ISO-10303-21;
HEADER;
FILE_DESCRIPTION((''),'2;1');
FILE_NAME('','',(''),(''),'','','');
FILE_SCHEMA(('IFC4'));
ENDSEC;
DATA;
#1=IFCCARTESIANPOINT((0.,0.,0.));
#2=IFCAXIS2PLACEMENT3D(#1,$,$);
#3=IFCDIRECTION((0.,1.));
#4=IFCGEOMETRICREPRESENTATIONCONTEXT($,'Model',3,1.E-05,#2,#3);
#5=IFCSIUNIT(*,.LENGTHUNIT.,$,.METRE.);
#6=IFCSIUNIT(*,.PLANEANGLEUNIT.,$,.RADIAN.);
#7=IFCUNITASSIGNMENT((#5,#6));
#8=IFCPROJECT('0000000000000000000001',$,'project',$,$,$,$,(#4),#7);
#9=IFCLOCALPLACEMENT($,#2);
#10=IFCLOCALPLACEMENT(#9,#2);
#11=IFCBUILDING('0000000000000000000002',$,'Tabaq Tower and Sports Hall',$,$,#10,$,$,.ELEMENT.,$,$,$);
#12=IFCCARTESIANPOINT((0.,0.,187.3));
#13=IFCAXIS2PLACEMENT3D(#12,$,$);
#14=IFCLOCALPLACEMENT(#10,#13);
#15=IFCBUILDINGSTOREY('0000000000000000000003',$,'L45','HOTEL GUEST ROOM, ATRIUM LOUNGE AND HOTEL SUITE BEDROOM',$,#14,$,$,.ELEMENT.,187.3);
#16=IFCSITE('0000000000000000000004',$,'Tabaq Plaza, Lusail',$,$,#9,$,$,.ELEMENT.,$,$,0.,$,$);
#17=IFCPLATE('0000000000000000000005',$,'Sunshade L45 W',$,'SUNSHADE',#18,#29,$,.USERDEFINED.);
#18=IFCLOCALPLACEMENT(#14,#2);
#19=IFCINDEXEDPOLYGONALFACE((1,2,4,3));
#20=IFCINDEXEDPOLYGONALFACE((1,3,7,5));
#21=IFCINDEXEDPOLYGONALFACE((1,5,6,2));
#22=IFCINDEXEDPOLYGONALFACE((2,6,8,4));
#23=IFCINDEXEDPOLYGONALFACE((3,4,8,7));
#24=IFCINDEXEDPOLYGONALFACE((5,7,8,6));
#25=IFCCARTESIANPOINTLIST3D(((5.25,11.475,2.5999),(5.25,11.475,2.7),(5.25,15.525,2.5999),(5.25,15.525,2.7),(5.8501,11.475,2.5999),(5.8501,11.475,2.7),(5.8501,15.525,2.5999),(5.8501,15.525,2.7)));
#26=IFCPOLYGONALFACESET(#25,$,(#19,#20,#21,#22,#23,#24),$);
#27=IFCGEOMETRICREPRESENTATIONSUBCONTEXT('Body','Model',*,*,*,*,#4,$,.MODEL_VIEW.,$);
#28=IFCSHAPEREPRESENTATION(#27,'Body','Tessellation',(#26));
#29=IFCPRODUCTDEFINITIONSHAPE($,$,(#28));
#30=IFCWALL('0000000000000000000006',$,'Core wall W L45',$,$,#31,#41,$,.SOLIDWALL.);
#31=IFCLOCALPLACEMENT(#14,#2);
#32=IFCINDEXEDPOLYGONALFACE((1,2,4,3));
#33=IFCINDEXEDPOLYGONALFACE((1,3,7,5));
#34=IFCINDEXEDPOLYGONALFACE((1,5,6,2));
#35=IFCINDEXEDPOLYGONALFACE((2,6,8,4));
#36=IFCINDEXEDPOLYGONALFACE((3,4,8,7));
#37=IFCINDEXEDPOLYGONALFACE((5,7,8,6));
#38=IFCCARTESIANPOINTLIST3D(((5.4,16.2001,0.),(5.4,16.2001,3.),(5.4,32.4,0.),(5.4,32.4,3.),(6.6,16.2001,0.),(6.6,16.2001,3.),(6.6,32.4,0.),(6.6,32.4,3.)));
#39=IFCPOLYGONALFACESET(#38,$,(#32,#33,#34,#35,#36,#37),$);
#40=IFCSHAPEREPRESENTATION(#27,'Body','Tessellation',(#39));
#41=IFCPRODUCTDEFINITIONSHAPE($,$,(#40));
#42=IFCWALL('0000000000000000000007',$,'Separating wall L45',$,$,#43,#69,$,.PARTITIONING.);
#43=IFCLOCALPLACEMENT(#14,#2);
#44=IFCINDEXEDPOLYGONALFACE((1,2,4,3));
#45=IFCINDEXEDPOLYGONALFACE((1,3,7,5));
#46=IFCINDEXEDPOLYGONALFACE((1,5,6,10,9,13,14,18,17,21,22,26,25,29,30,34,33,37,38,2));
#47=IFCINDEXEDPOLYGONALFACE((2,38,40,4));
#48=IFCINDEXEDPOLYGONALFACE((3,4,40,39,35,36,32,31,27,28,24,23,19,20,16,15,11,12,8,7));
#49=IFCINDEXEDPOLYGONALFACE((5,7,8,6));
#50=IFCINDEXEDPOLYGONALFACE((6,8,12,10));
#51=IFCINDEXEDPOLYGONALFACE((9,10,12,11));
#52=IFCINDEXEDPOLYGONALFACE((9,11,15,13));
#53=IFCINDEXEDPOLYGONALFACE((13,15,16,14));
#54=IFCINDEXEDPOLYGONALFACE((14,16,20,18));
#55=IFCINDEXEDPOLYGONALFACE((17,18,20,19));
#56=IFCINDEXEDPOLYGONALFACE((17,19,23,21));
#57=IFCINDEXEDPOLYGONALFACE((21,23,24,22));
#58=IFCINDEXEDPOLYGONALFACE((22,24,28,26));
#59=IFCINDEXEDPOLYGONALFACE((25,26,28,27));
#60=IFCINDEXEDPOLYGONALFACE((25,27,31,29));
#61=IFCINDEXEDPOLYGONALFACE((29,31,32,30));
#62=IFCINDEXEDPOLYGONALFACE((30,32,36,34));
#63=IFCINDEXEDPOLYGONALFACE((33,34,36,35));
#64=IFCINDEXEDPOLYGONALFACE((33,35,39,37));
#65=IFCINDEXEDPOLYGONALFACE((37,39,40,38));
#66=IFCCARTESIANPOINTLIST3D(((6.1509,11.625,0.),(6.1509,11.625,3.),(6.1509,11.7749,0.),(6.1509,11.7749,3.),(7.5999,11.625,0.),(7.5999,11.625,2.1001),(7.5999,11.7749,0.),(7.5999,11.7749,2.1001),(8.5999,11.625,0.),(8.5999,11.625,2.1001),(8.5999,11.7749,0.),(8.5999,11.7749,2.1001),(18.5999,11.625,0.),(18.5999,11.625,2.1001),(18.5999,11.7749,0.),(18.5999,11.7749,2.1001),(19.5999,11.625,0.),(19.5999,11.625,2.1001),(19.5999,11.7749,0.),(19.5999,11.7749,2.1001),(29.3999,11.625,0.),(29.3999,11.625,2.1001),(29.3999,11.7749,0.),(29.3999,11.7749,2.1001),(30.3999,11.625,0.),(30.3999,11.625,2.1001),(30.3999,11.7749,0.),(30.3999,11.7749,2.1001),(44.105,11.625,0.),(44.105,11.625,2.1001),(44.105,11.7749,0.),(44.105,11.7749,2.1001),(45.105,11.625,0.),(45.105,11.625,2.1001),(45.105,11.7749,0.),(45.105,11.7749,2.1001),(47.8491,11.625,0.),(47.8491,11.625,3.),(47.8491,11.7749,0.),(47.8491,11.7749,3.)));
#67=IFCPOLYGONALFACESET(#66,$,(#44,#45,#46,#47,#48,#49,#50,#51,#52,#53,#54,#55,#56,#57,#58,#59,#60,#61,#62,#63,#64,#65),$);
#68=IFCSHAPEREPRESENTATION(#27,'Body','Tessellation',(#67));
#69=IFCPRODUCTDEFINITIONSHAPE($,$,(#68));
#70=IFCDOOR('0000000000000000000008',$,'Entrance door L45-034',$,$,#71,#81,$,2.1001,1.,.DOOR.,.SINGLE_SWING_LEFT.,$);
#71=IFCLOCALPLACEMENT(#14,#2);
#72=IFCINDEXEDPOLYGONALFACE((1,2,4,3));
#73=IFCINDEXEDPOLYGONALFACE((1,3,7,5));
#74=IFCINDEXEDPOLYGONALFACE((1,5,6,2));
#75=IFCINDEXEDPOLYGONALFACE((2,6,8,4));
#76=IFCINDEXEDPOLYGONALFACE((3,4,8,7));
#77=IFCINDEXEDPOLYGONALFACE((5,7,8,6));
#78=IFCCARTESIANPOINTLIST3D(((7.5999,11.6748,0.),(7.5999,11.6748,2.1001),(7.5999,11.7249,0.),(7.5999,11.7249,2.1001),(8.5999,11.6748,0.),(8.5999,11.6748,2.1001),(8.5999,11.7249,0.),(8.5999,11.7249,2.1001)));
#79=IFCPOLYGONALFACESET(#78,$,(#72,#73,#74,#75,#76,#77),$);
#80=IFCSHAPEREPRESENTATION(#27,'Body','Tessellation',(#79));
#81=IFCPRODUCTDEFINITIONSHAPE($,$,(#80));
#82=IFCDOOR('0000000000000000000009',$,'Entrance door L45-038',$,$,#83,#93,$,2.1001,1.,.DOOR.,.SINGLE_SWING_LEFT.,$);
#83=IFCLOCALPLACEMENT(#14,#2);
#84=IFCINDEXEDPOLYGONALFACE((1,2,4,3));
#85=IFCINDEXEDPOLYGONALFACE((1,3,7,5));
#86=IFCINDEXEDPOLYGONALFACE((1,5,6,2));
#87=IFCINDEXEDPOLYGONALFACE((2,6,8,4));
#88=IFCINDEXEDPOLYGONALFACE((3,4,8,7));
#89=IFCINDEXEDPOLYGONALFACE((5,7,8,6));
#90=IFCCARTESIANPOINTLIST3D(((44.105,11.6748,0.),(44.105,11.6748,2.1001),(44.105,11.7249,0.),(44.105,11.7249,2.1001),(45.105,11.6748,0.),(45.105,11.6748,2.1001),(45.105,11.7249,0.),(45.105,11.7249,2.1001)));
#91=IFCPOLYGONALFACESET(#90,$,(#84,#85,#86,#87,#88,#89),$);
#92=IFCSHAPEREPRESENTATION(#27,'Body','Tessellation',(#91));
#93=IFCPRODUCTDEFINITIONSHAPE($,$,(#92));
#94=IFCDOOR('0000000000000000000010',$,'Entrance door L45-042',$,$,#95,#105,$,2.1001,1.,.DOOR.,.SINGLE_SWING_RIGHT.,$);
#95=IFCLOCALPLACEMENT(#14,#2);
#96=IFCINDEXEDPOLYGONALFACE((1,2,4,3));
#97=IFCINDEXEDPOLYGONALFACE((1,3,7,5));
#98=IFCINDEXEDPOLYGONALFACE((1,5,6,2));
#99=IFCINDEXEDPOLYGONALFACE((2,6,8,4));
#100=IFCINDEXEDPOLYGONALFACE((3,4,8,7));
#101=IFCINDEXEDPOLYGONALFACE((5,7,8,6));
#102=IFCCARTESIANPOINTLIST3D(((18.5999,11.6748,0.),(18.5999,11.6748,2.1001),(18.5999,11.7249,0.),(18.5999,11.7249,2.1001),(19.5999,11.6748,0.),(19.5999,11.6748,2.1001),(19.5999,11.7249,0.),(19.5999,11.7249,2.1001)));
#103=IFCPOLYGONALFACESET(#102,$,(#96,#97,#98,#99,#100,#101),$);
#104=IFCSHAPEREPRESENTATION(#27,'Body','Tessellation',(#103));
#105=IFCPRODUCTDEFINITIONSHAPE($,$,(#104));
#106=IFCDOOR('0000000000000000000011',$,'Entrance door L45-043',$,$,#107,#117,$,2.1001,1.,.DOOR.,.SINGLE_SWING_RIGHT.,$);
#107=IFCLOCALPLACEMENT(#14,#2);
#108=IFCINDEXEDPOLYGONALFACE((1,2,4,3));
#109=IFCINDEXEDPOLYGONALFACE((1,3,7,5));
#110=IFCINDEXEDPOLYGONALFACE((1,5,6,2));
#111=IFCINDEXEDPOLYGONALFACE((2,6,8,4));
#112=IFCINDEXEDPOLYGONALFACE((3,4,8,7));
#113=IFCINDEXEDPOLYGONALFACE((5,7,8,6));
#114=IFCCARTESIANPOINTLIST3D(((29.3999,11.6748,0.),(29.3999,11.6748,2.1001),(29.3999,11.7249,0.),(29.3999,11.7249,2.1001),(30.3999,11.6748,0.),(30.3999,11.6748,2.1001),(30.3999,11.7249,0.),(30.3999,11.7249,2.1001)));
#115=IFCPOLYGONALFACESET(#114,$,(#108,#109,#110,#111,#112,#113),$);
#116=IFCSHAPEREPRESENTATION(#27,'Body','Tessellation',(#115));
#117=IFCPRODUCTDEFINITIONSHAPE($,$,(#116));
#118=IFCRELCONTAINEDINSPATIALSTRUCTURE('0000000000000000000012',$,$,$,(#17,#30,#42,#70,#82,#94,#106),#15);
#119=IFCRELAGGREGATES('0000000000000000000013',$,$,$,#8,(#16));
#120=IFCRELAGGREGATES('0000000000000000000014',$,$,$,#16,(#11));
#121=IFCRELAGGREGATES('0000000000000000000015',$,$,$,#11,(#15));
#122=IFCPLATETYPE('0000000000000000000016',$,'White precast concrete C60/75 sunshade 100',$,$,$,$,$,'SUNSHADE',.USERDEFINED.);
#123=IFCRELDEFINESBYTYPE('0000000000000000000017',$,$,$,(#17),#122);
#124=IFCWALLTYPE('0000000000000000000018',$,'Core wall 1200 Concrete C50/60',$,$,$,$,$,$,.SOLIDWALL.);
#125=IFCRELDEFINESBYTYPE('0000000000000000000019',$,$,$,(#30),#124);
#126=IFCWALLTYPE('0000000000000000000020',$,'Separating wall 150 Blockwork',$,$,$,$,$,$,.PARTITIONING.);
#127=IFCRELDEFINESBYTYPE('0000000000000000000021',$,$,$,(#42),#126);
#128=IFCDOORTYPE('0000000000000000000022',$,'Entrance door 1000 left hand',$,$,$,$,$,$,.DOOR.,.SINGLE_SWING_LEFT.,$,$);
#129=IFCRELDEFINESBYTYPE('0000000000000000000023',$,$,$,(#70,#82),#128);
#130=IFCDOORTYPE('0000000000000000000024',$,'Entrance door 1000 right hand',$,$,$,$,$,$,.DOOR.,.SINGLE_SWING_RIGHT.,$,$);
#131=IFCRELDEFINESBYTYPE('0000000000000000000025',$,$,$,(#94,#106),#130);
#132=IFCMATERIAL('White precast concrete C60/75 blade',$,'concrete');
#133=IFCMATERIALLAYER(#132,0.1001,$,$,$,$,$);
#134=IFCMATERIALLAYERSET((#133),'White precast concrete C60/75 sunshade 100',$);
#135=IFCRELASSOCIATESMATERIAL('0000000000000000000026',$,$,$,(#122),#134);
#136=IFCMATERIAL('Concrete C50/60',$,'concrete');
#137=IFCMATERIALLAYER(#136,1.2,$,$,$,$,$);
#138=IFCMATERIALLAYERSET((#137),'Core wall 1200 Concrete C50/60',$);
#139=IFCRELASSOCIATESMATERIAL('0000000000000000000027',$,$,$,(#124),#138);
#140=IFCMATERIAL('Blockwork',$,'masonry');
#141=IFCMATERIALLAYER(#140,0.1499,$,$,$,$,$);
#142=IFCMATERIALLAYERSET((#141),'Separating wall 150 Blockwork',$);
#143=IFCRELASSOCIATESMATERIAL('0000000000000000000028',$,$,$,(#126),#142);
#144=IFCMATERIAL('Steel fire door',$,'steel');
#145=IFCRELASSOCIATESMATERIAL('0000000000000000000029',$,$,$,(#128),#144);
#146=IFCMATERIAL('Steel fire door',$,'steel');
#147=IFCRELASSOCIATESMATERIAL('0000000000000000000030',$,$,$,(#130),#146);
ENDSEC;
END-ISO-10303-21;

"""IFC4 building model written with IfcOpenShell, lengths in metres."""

from ifc_helpers import new_model, si_unit, direction, frame, frame_2d, origin, origin_2d, place, context, subcontext, project, spatial, rectangle, extrude, material, layer, layer_set, type_object, element, fill, save


model = new_model("IFC4")

# Units and contexts
model_context = context("Model", 3, precision=1e-05, world=origin(), true_north=direction((0.0, 1.0)))
body_context = subcontext(model_context, "Body", "Model", "MODEL_VIEW")
ifc_project = project(units=[si_unit("LENGTHUNIT", "METRE"), si_unit("PLANEANGLEUNIT", "RADIAN")], contexts=[model_context])

# Site, building, storey
site_placement = place(None, origin())
site = spatial("IfcSite", under=ifc_project, at=site_placement, Name="Tabaq Plaza, Lusail", CompositionType="ELEMENT", RefElevation=0.0)
building_placement = place(site_placement, origin())
building = spatial("IfcBuilding", under=site, at=building_placement, Name="Tabaq Tower and Sports Hall", CompositionType="ELEMENT")
storey_placement = place(building_placement, frame((0.0, 0.0, 187.3)))
storey = spatial("IfcBuildingStorey", under=building, at=storey_placement, Name="L45", Description="HOTEL GUEST ROOM, ATRIUM LOUNGE AND HOTEL SUITE BEDROOM", CompositionType="ELEMENT", Elevation=187.3)

# Plate
ifc_material_1 = material(Name="White precast concrete C60/75 blade", Category="concrete")
ifc_layer_1 = layer(ifc_material_1, 0.1001)
ifc_layer_set_1 = layer_set([ifc_layer_1], Name="White precast concrete C60/75 sunshade 100")
plate_type = type_object("IfcPlateType", Name="White precast concrete C60/75 sunshade 100", ElementType="SUNSHADE", PredefinedType="USERDEFINED", material=ifc_layer_set_1)
plate_placement = place(storey_placement, frame((5.55, 13.5, 2.5999), z_axis=(0.0, 0.0, 1.0), x_axis=(0.0, -1.0, 0.0)))
element("IfcPlate", 1, at=plate_placement, inside=storey, type_object=plate_type, Name="Sunshade L45 W", ObjectType="SUNSHADE", PredefinedType="USERDEFINED", context=body_context, shape_type="SweptSolid", body=[
    extrude(rectangle(XDim=4.05, YDim=0.6001, at=origin_2d()), origin(), (0.0, 0.0, 1.0), 0.1001),
])

# Wall
ifc_material_2 = material(Name="Concrete C50/60", Category="concrete")
ifc_layer_2 = layer(ifc_material_2, 1.2)
ifc_layer_set_2 = layer_set([ifc_layer_2], Name="Core wall 1200 Concrete C50/60")
wall_type_1 = type_object("IfcWallType", Name="Core wall 1200 Concrete C50/60", PredefinedType="SOLIDWALL", material=ifc_layer_set_2)
wall_1_placement = place(storey_placement, frame((6.0, 16.2, 0.0), z_axis=(0.0, 0.0, 1.0), x_axis=(0.0, 1.0, 0.0)))
element("IfcWall", 2, at=wall_1_placement, inside=storey, type_object=wall_type_1, Name="Core wall W L45", PredefinedType="SOLIDWALL", context=body_context, shape_type="SweptSolid", body=[
    extrude(rectangle(XDim=16.2, YDim=1.2, at=frame_2d((8.1001, 0.0))), origin(), (0.0, 0.0, 1.0), 3.0),
])

# Wall, openings, doors
ifc_material_3 = material(Name="Blockwork", Category="masonry")
ifc_layer_3 = layer(ifc_material_3, 0.1499)
ifc_layer_set_3 = layer_set([ifc_layer_3], Name="Separating wall 150 Blockwork")
wall_type_2 = type_object("IfcWallType", Name="Separating wall 150 Blockwork", PredefinedType="PARTITIONING", material=ifc_layer_set_3)
wall_2_placement = place(storey_placement, frame((6.1509, 11.7, 0.0), z_axis=(0.0, 0.0, 1.0), x_axis=(1.0, 0.0, 0.0)))
wall_2 = element("IfcWall", 3, at=wall_2_placement, inside=storey, type_object=wall_type_2, Name="Separating wall L45", PredefinedType="PARTITIONING", context=body_context, shape_type="SweptSolid", body=[
    extrude(rectangle(XDim=41.6982, YDim=0.1499, at=frame_2d((20.8491, 0.0))), origin(), (0.0, 0.0, 1.0), 3.0),
])
opening_1_placement = place(wall_2_placement, frame((1.449, 0.0, 0.0)))
opening_1 = element("IfcOpeningElement", 4, at=opening_1_placement, cuts=wall_2, PredefinedType="OPENING", context=body_context, shape_type="SweptSolid", body=[
    extrude(rectangle(XDim=1.0, YDim=2.1001, at=frame_2d((0.5, 1.05))), frame((0.0, 0.075, 0.0), z_axis=(0.0, -1.0, 0.0), x_axis=(1.0, 0.0, 0.0)), (0.0, 0.0, 1.0), 0.1499),
])
opening_2_placement = place(wall_2_placement, frame((37.9541, 0.0, 0.0)))
opening_2 = element("IfcOpeningElement", 5, at=opening_2_placement, cuts=wall_2, PredefinedType="OPENING", context=body_context, shape_type="SweptSolid", body=[
    extrude(rectangle(XDim=1.0, YDim=2.1001, at=frame_2d((0.5, 1.05))), frame((0.0, 0.075, 0.0), z_axis=(0.0, -1.0, 0.0), x_axis=(1.0, 0.0, 0.0)), (0.0, 0.0, 1.0), 0.1499),
])
opening_3_placement = place(wall_2_placement, frame((12.449, 0.0, 0.0)))
opening_3 = element("IfcOpeningElement", 6, at=opening_3_placement, cuts=wall_2, PredefinedType="OPENING", context=body_context, shape_type="SweptSolid", body=[
    extrude(rectangle(XDim=1.0, YDim=2.1001, at=frame_2d((0.5, 1.05))), frame((0.0, 0.075, 0.0), z_axis=(0.0, -1.0, 0.0), x_axis=(1.0, 0.0, 0.0)), (0.0, 0.0, 1.0), 0.1499),
])
opening_4_placement = place(wall_2_placement, frame((23.249, 0.0, 0.0)))
opening_4 = element("IfcOpeningElement", 7, at=opening_4_placement, cuts=wall_2, PredefinedType="OPENING", context=body_context, shape_type="SweptSolid", body=[
    extrude(rectangle(XDim=1.0, YDim=2.1001, at=frame_2d((0.5, 1.05))), frame((0.0, 0.075, 0.0), z_axis=(0.0, -1.0, 0.0), x_axis=(1.0, 0.0, 0.0)), (0.0, 0.0, 1.0), 0.1499),
])
ifc_material_4 = material(Name="Steel fire door", Category="steel")
door_type_1 = type_object("IfcDoorType", Name="Entrance door 1000 left hand", OperationType="SINGLE_SWING_LEFT", PredefinedType="DOOR", material=ifc_material_4)
door_1_placement = place(opening_1_placement, origin())
door_1 = element("IfcDoor", 8, at=door_1_placement, inside=storey, type_object=door_type_1, Name="Entrance door L45-034", OperationType="SINGLE_SWING_LEFT", OverallHeight=2.1001, OverallWidth=1.0, PredefinedType="DOOR", context=body_context, shape_type="SweptSolid", body=[
    extrude(rectangle(XDim=1.0, YDim=2.1001, at=frame_2d((0.5, 1.05))), frame((0.0, 0.0249, 0.0), z_axis=(0.0, -1.0, 0.0), x_axis=(1.0, 0.0, 0.0)), (0.0, 0.0, 1.0), 0.05),
])
fill(opening_1, door_1)
door_2_placement = place(opening_2_placement, origin())
door_2 = element("IfcDoor", 9, at=door_2_placement, inside=storey, type_object=door_type_1, Name="Entrance door L45-038", OperationType="SINGLE_SWING_LEFT", OverallHeight=2.1001, OverallWidth=1.0, PredefinedType="DOOR", context=body_context, shape_type="SweptSolid", body=[
    extrude(rectangle(XDim=1.0, YDim=2.1001, at=frame_2d((0.5, 1.05))), frame((0.0, 0.0249, 0.0), z_axis=(0.0, -1.0, 0.0), x_axis=(1.0, 0.0, 0.0)), (0.0, 0.0, 1.0), 0.05),
])
fill(opening_2, door_2)
ifc_material_5 = material(Name="Steel fire door", Category="steel")
door_type_2 = type_object("IfcDoorType", Name="Entrance door 1000 right hand", OperationType="SINGLE_SWING_RIGHT", PredefinedType="DOOR", material=ifc_material_5)
door_3_placement = place(opening_3_placement, origin())
door_3 = element("IfcDoor", 10, at=door_3_placement, inside=storey, type_object=door_type_2, Name="Entrance door L45-042", OperationType="SINGLE_SWING_RIGHT", OverallHeight=2.1001, OverallWidth=1.0, PredefinedType="DOOR", context=body_context, shape_type="SweptSolid", body=[
    extrude(rectangle(XDim=1.0, YDim=2.1001, at=frame_2d((0.5, 1.05))), frame((0.0, 0.0249, 0.0), z_axis=(0.0, -1.0, 0.0), x_axis=(1.0, 0.0, 0.0)), (0.0, 0.0, 1.0), 0.05),
])
fill(opening_3, door_3)
door_4_placement = place(opening_4_placement, origin())
door_4 = element("IfcDoor", 11, at=door_4_placement, inside=storey, type_object=door_type_2, Name="Entrance door L45-043", OperationType="SINGLE_SWING_RIGHT", OverallHeight=2.1001, OverallWidth=1.0, PredefinedType="DOOR", context=body_context, shape_type="SweptSolid", body=[
    extrude(rectangle(XDim=1.0, YDim=2.1001, at=frame_2d((0.5, 1.05))), frame((0.0, 0.0249, 0.0), z_axis=(0.0, -1.0, 0.0), x_axis=(1.0, 0.0, 0.0)), (0.0, 0.0, 1.0), 0.05),
])
fill(opening_4, door_4)

save(model, "model.ifc")
